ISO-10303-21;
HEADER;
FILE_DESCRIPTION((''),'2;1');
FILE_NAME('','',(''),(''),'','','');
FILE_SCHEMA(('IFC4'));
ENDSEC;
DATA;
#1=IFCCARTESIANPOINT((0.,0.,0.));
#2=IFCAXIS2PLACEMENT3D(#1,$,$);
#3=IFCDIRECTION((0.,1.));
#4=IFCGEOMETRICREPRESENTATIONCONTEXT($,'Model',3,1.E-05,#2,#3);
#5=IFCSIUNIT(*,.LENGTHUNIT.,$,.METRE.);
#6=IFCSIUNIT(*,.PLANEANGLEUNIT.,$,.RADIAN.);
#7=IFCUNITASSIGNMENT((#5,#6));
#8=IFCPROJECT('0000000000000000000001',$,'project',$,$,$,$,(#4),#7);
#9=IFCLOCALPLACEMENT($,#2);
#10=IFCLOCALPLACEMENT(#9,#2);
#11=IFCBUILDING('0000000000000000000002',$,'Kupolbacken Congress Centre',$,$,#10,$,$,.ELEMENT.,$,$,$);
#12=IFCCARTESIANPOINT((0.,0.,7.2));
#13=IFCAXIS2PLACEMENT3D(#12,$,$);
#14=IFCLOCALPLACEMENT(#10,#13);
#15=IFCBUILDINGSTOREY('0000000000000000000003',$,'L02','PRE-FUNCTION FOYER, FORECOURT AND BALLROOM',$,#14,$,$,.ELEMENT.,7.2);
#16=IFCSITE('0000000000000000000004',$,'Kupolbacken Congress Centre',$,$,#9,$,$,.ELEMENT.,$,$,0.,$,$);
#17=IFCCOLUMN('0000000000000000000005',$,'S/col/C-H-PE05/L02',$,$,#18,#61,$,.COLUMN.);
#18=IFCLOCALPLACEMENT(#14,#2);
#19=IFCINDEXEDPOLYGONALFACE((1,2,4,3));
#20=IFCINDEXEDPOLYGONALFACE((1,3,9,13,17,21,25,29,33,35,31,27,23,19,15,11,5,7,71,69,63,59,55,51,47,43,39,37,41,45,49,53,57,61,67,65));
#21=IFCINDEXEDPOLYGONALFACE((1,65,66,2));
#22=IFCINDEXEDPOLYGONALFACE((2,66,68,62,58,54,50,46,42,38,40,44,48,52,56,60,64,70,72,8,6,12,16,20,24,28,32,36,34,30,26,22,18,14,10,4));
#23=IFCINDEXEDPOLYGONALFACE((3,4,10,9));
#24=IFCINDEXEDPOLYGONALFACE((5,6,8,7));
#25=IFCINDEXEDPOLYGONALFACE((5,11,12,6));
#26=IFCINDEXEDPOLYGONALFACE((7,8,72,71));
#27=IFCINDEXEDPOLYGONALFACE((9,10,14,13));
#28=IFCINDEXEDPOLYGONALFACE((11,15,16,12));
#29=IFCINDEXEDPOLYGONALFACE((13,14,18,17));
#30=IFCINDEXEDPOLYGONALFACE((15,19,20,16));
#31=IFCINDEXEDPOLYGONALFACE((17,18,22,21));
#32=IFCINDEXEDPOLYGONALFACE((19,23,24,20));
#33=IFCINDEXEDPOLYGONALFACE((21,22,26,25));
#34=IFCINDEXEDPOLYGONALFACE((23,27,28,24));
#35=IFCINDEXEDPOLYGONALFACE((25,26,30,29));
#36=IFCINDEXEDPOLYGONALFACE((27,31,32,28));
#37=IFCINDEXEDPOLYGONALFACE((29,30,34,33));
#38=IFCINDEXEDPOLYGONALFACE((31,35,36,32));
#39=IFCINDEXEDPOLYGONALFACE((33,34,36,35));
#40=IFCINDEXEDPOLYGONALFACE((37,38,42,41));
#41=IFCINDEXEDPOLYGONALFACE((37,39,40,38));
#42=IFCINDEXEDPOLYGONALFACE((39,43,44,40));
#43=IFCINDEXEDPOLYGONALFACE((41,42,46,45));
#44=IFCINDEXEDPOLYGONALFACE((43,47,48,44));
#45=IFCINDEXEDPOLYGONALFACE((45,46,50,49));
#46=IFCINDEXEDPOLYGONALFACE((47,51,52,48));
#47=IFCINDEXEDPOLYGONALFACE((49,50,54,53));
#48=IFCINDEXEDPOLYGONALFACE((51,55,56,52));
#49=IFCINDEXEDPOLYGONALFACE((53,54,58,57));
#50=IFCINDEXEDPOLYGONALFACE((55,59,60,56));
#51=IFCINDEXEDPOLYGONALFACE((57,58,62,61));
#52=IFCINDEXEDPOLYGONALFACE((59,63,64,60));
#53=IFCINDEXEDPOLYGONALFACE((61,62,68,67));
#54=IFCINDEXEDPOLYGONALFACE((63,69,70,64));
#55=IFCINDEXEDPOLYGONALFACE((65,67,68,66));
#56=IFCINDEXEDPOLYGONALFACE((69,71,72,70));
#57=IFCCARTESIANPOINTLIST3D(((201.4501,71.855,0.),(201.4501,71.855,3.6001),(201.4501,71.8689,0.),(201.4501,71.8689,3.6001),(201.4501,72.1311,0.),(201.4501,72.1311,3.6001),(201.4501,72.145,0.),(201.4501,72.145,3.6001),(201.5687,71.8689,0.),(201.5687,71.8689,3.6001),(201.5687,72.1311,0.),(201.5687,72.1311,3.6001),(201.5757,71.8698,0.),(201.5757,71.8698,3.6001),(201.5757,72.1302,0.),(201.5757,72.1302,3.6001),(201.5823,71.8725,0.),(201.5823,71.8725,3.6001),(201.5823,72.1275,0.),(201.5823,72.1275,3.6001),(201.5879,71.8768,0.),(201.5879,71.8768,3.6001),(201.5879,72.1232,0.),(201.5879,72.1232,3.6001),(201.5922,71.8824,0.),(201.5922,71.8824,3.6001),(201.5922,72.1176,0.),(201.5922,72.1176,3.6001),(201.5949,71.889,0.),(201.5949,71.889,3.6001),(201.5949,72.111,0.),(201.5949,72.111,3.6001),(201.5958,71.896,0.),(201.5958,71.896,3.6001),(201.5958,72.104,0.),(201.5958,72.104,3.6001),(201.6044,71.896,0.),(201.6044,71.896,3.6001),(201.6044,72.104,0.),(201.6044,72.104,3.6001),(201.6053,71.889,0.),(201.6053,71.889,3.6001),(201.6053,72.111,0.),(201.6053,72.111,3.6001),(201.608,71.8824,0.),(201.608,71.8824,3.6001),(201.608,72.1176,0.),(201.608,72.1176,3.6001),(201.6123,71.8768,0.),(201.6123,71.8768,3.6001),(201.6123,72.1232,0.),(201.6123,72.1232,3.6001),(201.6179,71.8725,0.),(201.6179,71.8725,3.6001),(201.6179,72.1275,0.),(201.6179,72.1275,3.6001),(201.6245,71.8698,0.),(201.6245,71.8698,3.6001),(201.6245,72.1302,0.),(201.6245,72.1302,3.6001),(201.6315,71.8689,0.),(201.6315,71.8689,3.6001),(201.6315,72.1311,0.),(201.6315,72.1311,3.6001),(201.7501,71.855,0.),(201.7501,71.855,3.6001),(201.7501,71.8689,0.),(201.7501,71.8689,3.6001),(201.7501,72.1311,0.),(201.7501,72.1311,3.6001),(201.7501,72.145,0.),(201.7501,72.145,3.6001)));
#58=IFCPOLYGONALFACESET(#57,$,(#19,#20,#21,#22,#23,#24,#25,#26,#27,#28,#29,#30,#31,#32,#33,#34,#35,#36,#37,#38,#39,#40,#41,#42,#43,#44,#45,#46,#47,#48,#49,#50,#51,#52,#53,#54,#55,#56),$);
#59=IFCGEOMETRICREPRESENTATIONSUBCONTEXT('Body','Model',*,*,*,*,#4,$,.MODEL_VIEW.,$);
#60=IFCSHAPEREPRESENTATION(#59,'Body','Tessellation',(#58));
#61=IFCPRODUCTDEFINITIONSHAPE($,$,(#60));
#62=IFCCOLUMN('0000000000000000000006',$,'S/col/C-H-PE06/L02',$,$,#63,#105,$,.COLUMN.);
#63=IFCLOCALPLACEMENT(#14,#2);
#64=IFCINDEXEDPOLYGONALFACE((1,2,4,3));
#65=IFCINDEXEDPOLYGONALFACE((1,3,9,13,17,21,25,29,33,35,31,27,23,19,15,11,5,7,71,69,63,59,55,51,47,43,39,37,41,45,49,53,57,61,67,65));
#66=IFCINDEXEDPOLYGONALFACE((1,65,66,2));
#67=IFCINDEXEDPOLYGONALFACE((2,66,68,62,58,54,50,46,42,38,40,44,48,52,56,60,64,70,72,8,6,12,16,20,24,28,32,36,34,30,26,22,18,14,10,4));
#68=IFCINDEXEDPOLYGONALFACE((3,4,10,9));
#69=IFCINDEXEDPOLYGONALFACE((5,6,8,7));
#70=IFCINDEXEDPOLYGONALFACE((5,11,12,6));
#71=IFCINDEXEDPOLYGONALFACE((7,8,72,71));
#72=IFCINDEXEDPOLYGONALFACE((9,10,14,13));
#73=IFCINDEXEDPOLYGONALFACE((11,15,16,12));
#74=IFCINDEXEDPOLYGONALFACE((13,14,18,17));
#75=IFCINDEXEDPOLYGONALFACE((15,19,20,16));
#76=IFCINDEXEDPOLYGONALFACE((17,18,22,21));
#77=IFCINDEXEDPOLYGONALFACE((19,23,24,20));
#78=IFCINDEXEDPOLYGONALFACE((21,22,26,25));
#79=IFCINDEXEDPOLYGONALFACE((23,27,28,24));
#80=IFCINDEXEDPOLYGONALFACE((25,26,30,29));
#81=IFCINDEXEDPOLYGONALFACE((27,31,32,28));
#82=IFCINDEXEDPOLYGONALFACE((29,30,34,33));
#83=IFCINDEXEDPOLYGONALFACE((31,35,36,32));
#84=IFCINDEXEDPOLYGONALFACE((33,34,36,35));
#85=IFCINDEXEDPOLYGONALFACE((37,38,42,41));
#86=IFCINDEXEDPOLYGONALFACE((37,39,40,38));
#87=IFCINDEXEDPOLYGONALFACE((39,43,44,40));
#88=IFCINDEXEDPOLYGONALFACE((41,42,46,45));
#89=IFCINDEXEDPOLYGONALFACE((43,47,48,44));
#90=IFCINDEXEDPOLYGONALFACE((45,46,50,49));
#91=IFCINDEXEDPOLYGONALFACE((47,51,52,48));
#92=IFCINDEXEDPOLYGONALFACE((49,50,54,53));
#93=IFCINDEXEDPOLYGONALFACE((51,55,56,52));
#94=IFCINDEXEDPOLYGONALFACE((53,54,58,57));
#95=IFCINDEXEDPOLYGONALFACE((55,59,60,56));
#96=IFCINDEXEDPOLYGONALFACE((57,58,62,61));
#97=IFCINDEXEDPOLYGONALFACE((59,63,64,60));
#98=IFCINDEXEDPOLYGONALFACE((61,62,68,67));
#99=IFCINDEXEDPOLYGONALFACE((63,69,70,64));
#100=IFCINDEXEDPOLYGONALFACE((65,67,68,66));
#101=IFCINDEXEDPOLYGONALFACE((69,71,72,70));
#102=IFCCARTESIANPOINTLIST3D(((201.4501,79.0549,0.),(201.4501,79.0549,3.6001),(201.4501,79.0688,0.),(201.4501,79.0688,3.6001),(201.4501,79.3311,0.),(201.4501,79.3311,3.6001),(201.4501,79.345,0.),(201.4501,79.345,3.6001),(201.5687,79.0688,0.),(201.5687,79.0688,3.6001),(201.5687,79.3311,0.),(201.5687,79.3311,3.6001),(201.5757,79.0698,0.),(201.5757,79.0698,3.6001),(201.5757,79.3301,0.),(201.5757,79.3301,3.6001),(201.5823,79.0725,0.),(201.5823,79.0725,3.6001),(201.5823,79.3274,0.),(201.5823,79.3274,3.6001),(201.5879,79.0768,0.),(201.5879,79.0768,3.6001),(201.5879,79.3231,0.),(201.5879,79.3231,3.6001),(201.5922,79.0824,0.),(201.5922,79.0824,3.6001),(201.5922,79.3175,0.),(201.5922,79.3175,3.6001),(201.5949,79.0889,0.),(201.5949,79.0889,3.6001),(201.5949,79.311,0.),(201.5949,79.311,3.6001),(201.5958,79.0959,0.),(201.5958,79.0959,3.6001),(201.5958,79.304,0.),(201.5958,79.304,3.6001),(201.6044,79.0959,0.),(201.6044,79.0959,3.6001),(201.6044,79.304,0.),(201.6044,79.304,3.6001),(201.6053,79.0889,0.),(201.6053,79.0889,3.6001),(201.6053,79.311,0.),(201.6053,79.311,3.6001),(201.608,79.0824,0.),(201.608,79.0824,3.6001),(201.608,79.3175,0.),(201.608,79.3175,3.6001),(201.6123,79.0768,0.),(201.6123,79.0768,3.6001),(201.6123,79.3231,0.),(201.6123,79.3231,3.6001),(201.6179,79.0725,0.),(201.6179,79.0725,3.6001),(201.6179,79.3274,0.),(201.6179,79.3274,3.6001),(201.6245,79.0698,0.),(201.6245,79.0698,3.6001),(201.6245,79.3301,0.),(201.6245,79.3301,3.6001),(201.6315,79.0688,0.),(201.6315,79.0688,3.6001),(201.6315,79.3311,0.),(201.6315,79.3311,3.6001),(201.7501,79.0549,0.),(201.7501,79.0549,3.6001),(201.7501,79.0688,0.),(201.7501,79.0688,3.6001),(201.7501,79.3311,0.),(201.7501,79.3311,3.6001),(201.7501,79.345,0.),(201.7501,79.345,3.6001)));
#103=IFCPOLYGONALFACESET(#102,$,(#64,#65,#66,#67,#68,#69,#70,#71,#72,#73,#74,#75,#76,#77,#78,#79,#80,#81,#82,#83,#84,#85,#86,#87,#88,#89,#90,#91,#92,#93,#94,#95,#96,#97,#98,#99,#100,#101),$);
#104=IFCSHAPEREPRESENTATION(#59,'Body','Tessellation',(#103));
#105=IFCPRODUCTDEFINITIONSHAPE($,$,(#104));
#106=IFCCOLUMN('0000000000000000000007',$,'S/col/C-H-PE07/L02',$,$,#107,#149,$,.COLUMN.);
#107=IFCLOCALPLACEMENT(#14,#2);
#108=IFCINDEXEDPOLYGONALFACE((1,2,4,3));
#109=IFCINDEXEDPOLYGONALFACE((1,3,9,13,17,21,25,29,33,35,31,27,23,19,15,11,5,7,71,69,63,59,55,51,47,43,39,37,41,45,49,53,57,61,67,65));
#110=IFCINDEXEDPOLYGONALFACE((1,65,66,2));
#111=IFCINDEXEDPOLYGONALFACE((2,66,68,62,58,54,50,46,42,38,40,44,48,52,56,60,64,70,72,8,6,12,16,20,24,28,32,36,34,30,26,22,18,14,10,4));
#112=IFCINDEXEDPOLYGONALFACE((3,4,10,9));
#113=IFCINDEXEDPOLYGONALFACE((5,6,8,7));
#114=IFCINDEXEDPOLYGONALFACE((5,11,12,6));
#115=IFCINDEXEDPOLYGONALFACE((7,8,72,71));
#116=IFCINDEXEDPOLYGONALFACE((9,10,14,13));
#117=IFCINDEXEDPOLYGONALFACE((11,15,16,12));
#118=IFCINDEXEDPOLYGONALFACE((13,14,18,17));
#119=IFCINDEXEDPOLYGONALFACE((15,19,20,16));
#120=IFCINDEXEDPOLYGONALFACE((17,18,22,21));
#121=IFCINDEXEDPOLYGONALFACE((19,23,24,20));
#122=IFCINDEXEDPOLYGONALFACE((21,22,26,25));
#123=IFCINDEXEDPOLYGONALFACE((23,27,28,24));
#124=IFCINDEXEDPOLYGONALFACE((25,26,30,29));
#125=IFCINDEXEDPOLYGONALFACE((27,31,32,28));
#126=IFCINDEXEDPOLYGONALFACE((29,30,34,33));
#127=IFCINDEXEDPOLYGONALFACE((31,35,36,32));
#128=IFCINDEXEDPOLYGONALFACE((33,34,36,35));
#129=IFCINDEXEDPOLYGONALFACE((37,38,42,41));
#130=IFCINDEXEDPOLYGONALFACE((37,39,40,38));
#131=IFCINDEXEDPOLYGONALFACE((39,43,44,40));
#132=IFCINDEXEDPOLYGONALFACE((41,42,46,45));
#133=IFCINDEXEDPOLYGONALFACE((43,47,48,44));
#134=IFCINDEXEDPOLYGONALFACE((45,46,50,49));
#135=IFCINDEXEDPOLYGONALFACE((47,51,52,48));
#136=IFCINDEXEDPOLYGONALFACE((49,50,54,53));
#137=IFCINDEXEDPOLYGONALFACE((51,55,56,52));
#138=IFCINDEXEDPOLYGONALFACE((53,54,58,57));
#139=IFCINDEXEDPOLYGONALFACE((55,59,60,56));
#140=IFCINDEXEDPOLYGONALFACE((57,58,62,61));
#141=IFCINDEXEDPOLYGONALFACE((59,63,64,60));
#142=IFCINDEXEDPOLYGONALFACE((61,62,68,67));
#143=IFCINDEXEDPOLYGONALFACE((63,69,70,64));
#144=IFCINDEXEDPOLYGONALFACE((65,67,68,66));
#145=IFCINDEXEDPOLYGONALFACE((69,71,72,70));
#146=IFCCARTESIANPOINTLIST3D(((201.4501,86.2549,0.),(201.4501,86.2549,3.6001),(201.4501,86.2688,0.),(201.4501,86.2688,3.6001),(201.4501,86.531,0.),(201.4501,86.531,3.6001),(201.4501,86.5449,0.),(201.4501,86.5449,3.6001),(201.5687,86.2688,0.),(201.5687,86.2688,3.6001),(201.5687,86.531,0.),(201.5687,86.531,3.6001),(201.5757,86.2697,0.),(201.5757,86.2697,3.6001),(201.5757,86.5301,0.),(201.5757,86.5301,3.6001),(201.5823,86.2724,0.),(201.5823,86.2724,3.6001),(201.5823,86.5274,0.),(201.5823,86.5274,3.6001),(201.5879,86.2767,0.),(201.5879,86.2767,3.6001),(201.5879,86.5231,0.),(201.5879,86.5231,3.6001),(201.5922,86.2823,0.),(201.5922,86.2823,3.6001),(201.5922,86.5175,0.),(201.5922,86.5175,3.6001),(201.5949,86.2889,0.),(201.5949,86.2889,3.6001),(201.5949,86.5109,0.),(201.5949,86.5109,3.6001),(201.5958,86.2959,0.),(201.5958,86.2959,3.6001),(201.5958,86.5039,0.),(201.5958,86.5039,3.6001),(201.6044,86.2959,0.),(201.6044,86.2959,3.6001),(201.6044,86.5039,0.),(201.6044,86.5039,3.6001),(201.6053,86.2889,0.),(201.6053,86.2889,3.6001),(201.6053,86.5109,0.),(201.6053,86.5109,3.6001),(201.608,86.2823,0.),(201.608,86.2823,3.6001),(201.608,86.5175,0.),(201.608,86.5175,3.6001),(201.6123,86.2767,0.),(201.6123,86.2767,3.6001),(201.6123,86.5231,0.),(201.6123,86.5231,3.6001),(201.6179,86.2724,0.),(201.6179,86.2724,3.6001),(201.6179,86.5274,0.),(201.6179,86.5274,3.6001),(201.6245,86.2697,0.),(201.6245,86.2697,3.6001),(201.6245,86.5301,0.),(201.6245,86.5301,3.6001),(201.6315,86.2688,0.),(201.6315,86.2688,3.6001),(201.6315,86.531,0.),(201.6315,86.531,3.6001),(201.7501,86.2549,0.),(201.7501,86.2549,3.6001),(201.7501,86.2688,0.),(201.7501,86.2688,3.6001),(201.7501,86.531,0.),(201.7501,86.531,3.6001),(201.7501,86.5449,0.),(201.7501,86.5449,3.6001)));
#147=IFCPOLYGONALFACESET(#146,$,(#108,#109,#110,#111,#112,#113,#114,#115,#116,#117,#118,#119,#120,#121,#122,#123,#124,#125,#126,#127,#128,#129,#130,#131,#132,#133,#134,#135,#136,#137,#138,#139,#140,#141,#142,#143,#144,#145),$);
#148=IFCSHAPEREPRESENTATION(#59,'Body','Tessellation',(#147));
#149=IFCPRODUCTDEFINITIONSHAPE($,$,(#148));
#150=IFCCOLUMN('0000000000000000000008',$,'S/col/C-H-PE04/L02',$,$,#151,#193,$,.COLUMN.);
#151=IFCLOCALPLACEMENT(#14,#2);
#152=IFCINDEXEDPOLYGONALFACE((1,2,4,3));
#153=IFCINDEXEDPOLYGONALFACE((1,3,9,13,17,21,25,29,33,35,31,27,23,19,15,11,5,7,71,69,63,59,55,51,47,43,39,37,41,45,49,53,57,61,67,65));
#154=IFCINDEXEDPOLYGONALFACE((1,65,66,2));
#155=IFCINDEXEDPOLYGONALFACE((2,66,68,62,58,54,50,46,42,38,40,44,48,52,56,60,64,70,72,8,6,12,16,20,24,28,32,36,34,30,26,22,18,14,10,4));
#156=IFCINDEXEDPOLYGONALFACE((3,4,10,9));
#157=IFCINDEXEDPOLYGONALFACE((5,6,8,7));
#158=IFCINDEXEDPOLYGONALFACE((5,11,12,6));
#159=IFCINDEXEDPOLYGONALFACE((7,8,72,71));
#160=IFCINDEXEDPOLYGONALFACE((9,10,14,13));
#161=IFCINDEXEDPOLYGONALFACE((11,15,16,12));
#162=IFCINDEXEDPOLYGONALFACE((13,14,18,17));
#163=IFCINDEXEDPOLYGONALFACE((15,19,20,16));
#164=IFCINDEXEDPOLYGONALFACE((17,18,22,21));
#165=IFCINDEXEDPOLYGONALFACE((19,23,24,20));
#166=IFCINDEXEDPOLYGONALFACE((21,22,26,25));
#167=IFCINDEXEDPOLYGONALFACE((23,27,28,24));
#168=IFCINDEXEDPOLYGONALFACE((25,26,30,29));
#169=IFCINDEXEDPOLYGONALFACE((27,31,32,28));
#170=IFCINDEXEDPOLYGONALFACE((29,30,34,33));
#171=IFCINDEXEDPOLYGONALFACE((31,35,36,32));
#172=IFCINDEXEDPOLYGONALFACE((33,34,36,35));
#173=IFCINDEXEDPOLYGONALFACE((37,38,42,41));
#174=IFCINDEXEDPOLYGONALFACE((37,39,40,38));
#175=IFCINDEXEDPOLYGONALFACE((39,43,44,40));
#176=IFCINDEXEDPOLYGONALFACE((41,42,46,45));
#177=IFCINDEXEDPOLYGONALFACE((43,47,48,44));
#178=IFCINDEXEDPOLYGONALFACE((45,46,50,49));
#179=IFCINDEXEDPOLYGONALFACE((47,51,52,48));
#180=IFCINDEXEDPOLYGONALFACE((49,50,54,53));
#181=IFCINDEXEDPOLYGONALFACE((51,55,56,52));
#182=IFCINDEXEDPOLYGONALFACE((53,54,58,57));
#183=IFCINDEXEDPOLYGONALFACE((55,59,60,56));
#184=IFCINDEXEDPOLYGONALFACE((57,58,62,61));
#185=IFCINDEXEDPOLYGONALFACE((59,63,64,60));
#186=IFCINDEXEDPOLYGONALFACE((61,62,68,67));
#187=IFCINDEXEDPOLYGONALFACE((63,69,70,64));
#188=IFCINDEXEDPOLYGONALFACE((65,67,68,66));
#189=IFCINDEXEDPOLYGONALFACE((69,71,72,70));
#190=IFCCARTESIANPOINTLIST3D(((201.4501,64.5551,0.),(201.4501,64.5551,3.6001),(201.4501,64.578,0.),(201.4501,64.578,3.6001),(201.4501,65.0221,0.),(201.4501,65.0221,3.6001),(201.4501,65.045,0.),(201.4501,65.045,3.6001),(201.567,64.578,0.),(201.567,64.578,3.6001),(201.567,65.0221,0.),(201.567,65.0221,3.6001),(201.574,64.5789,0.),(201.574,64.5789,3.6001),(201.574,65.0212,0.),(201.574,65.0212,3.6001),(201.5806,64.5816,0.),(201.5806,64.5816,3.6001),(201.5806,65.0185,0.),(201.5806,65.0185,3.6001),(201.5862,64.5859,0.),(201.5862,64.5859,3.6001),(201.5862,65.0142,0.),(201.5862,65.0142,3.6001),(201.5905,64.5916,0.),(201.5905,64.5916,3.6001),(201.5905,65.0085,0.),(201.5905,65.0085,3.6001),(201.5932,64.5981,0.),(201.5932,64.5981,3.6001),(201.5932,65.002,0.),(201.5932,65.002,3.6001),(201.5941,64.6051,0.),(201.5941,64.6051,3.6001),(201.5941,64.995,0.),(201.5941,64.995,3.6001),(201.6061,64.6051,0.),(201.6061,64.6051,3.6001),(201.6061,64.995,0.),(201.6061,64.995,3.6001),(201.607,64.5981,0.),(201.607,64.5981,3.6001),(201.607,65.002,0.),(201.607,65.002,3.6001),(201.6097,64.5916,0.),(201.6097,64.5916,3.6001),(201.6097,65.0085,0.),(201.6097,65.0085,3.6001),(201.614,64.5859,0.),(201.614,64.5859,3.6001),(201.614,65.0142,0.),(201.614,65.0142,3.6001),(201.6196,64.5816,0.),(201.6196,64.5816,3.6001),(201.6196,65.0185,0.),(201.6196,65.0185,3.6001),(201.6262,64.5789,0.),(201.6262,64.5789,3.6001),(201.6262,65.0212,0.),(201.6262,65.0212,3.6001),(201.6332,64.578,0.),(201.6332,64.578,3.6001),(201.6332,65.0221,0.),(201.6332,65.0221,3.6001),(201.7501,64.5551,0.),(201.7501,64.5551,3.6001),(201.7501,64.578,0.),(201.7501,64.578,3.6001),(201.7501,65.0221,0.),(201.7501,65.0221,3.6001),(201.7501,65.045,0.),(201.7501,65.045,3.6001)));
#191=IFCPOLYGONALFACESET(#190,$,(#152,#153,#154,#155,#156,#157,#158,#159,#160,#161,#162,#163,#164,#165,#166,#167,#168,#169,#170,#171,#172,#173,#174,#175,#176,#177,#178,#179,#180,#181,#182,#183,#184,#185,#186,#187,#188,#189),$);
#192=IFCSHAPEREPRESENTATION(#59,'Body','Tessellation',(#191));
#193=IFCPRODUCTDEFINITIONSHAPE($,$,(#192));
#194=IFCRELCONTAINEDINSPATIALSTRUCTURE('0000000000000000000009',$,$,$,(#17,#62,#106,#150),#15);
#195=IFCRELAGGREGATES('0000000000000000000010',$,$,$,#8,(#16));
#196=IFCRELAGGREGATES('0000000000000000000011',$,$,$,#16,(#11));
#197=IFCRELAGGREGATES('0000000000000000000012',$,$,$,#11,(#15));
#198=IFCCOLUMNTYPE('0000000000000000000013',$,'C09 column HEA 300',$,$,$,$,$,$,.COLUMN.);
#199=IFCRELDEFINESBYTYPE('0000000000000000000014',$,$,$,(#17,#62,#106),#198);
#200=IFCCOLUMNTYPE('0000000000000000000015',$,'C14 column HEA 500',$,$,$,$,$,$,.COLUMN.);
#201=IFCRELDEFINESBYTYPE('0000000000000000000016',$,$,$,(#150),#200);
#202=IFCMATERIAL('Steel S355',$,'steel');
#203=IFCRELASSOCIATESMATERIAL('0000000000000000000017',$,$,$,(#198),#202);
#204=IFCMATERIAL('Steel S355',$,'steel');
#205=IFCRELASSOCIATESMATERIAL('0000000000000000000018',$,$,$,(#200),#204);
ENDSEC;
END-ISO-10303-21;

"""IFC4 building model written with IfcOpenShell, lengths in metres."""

from ifc_helpers import new_model, si_unit, direction, frame, origin, origin_2d, place, context, subcontext, project, spatial, i_section, extrude, material, material_profile, profile_set, type_object, element, save


model = new_model("IFC4")

# Units and contexts
model_context = context("Model", 3, precision=1e-05, world=origin(), true_north=direction((0.0, 1.0)))
body_context = subcontext(model_context, "Body", "Model", "MODEL_VIEW")
ifc_project = project(units=[si_unit("LENGTHUNIT", "METRE"), si_unit("PLANEANGLEUNIT", "RADIAN")], contexts=[model_context])

# Site, building, storey
site_placement = place(None, origin())
site = spatial("IfcSite", under=ifc_project, at=site_placement, Name="Kupolbacken Congress Centre", CompositionType="ELEMENT", RefElevation=0.0)
building_placement = place(site_placement, origin())
building = spatial("IfcBuilding", under=site, at=building_placement, Name="Kupolbacken Congress Centre", CompositionType="ELEMENT")
storey_placement = place(building_placement, frame((0.0, 0.0, 7.2)))
storey = spatial("IfcBuildingStorey", under=building, at=storey_placement, Name="L02", Description="PRE-FUNCTION FOYER, FORECOURT AND BALLROOM", CompositionType="ELEMENT", Elevation=7.2)

# Columns
ifc_material_1 = material(Name="Steel S355", Category="steel")
ifc_material_profile_1 = material_profile(ifc_material_1, i_section(OverallWidth=0.3, OverallDepth=0.29, WebThickness=0.0085, FlangeThickness=0.0139, FilletRadius=0.0271, at=origin_2d()), Name="HEA 300")
ifc_profile_set_1 = profile_set([ifc_material_profile_1], Name="Steel S355")
column_type_1 = type_object("IfcColumnType", Name="C09 column HEA 300", PredefinedType="COLUMN", material=ifc_profile_set_1)
for number, where, z_axis, x_axis, name in (
    (1, (201.6001, 72.0, 0.0), (0.0, 0.0, 1.0), (1.0, 0.0, 0.0), "S/col/C-H-PE05/L02"),
    (2, (201.6001, 79.2, 0.0), (0.0, 0.0, 1.0), (1.0, 0.0, 0.0), "S/col/C-H-PE06/L02"),
    (3, (201.6001, 86.3999, 0.0), (0.0, 0.0, 1.0), (1.0, 0.0, 0.0), "S/col/C-H-PE07/L02"),
):
    element("IfcColumn", number, at=place(storey_placement, frame(where, z_axis=z_axis, x_axis=x_axis)), inside=storey, type_object=column_type_1, Name=name, PredefinedType="COLUMN", context=body_context, shape_type="SweptSolid", body=[
        extrude(i_section(OverallWidth=0.3, OverallDepth=0.29, WebThickness=0.0085, FlangeThickness=0.0139, FilletRadius=0.0271, at=origin_2d()), origin(), (0.0, 0.0, 1.0), 3.6001),
    ])
ifc_material_2 = material(Name="Steel S355", Category="steel")
ifc_material_profile_2 = material_profile(ifc_material_2, i_section(OverallWidth=0.3, OverallDepth=0.49, WebThickness=0.012, FlangeThickness=0.0229, FilletRadius=0.0271, at=origin_2d()), Name="HEA 500")
ifc_profile_set_2 = profile_set([ifc_material_profile_2], Name="Steel S355")
column_type_2 = type_object("IfcColumnType", Name="C14 column HEA 500", PredefinedType="COLUMN", material=ifc_profile_set_2)
for number, where, z_axis, x_axis, name in (
    (4, (201.6001, 64.8, 0.0), (0.0, 0.0, 1.0), (1.0, 0.0, 0.0), "S/col/C-H-PE04/L02"),
):
    element("IfcColumn", number, at=place(storey_placement, frame(where, z_axis=z_axis, x_axis=x_axis)), inside=storey, type_object=column_type_2, Name=name, PredefinedType="COLUMN", context=body_context, shape_type="SweptSolid", body=[
        extrude(i_section(OverallWidth=0.3, OverallDepth=0.49, WebThickness=0.012, FlangeThickness=0.0229, FilletRadius=0.0271, at=origin_2d()), origin(), (0.0, 0.0, 1.0), 3.6001),
    ])

save(model, "model.ifc")
